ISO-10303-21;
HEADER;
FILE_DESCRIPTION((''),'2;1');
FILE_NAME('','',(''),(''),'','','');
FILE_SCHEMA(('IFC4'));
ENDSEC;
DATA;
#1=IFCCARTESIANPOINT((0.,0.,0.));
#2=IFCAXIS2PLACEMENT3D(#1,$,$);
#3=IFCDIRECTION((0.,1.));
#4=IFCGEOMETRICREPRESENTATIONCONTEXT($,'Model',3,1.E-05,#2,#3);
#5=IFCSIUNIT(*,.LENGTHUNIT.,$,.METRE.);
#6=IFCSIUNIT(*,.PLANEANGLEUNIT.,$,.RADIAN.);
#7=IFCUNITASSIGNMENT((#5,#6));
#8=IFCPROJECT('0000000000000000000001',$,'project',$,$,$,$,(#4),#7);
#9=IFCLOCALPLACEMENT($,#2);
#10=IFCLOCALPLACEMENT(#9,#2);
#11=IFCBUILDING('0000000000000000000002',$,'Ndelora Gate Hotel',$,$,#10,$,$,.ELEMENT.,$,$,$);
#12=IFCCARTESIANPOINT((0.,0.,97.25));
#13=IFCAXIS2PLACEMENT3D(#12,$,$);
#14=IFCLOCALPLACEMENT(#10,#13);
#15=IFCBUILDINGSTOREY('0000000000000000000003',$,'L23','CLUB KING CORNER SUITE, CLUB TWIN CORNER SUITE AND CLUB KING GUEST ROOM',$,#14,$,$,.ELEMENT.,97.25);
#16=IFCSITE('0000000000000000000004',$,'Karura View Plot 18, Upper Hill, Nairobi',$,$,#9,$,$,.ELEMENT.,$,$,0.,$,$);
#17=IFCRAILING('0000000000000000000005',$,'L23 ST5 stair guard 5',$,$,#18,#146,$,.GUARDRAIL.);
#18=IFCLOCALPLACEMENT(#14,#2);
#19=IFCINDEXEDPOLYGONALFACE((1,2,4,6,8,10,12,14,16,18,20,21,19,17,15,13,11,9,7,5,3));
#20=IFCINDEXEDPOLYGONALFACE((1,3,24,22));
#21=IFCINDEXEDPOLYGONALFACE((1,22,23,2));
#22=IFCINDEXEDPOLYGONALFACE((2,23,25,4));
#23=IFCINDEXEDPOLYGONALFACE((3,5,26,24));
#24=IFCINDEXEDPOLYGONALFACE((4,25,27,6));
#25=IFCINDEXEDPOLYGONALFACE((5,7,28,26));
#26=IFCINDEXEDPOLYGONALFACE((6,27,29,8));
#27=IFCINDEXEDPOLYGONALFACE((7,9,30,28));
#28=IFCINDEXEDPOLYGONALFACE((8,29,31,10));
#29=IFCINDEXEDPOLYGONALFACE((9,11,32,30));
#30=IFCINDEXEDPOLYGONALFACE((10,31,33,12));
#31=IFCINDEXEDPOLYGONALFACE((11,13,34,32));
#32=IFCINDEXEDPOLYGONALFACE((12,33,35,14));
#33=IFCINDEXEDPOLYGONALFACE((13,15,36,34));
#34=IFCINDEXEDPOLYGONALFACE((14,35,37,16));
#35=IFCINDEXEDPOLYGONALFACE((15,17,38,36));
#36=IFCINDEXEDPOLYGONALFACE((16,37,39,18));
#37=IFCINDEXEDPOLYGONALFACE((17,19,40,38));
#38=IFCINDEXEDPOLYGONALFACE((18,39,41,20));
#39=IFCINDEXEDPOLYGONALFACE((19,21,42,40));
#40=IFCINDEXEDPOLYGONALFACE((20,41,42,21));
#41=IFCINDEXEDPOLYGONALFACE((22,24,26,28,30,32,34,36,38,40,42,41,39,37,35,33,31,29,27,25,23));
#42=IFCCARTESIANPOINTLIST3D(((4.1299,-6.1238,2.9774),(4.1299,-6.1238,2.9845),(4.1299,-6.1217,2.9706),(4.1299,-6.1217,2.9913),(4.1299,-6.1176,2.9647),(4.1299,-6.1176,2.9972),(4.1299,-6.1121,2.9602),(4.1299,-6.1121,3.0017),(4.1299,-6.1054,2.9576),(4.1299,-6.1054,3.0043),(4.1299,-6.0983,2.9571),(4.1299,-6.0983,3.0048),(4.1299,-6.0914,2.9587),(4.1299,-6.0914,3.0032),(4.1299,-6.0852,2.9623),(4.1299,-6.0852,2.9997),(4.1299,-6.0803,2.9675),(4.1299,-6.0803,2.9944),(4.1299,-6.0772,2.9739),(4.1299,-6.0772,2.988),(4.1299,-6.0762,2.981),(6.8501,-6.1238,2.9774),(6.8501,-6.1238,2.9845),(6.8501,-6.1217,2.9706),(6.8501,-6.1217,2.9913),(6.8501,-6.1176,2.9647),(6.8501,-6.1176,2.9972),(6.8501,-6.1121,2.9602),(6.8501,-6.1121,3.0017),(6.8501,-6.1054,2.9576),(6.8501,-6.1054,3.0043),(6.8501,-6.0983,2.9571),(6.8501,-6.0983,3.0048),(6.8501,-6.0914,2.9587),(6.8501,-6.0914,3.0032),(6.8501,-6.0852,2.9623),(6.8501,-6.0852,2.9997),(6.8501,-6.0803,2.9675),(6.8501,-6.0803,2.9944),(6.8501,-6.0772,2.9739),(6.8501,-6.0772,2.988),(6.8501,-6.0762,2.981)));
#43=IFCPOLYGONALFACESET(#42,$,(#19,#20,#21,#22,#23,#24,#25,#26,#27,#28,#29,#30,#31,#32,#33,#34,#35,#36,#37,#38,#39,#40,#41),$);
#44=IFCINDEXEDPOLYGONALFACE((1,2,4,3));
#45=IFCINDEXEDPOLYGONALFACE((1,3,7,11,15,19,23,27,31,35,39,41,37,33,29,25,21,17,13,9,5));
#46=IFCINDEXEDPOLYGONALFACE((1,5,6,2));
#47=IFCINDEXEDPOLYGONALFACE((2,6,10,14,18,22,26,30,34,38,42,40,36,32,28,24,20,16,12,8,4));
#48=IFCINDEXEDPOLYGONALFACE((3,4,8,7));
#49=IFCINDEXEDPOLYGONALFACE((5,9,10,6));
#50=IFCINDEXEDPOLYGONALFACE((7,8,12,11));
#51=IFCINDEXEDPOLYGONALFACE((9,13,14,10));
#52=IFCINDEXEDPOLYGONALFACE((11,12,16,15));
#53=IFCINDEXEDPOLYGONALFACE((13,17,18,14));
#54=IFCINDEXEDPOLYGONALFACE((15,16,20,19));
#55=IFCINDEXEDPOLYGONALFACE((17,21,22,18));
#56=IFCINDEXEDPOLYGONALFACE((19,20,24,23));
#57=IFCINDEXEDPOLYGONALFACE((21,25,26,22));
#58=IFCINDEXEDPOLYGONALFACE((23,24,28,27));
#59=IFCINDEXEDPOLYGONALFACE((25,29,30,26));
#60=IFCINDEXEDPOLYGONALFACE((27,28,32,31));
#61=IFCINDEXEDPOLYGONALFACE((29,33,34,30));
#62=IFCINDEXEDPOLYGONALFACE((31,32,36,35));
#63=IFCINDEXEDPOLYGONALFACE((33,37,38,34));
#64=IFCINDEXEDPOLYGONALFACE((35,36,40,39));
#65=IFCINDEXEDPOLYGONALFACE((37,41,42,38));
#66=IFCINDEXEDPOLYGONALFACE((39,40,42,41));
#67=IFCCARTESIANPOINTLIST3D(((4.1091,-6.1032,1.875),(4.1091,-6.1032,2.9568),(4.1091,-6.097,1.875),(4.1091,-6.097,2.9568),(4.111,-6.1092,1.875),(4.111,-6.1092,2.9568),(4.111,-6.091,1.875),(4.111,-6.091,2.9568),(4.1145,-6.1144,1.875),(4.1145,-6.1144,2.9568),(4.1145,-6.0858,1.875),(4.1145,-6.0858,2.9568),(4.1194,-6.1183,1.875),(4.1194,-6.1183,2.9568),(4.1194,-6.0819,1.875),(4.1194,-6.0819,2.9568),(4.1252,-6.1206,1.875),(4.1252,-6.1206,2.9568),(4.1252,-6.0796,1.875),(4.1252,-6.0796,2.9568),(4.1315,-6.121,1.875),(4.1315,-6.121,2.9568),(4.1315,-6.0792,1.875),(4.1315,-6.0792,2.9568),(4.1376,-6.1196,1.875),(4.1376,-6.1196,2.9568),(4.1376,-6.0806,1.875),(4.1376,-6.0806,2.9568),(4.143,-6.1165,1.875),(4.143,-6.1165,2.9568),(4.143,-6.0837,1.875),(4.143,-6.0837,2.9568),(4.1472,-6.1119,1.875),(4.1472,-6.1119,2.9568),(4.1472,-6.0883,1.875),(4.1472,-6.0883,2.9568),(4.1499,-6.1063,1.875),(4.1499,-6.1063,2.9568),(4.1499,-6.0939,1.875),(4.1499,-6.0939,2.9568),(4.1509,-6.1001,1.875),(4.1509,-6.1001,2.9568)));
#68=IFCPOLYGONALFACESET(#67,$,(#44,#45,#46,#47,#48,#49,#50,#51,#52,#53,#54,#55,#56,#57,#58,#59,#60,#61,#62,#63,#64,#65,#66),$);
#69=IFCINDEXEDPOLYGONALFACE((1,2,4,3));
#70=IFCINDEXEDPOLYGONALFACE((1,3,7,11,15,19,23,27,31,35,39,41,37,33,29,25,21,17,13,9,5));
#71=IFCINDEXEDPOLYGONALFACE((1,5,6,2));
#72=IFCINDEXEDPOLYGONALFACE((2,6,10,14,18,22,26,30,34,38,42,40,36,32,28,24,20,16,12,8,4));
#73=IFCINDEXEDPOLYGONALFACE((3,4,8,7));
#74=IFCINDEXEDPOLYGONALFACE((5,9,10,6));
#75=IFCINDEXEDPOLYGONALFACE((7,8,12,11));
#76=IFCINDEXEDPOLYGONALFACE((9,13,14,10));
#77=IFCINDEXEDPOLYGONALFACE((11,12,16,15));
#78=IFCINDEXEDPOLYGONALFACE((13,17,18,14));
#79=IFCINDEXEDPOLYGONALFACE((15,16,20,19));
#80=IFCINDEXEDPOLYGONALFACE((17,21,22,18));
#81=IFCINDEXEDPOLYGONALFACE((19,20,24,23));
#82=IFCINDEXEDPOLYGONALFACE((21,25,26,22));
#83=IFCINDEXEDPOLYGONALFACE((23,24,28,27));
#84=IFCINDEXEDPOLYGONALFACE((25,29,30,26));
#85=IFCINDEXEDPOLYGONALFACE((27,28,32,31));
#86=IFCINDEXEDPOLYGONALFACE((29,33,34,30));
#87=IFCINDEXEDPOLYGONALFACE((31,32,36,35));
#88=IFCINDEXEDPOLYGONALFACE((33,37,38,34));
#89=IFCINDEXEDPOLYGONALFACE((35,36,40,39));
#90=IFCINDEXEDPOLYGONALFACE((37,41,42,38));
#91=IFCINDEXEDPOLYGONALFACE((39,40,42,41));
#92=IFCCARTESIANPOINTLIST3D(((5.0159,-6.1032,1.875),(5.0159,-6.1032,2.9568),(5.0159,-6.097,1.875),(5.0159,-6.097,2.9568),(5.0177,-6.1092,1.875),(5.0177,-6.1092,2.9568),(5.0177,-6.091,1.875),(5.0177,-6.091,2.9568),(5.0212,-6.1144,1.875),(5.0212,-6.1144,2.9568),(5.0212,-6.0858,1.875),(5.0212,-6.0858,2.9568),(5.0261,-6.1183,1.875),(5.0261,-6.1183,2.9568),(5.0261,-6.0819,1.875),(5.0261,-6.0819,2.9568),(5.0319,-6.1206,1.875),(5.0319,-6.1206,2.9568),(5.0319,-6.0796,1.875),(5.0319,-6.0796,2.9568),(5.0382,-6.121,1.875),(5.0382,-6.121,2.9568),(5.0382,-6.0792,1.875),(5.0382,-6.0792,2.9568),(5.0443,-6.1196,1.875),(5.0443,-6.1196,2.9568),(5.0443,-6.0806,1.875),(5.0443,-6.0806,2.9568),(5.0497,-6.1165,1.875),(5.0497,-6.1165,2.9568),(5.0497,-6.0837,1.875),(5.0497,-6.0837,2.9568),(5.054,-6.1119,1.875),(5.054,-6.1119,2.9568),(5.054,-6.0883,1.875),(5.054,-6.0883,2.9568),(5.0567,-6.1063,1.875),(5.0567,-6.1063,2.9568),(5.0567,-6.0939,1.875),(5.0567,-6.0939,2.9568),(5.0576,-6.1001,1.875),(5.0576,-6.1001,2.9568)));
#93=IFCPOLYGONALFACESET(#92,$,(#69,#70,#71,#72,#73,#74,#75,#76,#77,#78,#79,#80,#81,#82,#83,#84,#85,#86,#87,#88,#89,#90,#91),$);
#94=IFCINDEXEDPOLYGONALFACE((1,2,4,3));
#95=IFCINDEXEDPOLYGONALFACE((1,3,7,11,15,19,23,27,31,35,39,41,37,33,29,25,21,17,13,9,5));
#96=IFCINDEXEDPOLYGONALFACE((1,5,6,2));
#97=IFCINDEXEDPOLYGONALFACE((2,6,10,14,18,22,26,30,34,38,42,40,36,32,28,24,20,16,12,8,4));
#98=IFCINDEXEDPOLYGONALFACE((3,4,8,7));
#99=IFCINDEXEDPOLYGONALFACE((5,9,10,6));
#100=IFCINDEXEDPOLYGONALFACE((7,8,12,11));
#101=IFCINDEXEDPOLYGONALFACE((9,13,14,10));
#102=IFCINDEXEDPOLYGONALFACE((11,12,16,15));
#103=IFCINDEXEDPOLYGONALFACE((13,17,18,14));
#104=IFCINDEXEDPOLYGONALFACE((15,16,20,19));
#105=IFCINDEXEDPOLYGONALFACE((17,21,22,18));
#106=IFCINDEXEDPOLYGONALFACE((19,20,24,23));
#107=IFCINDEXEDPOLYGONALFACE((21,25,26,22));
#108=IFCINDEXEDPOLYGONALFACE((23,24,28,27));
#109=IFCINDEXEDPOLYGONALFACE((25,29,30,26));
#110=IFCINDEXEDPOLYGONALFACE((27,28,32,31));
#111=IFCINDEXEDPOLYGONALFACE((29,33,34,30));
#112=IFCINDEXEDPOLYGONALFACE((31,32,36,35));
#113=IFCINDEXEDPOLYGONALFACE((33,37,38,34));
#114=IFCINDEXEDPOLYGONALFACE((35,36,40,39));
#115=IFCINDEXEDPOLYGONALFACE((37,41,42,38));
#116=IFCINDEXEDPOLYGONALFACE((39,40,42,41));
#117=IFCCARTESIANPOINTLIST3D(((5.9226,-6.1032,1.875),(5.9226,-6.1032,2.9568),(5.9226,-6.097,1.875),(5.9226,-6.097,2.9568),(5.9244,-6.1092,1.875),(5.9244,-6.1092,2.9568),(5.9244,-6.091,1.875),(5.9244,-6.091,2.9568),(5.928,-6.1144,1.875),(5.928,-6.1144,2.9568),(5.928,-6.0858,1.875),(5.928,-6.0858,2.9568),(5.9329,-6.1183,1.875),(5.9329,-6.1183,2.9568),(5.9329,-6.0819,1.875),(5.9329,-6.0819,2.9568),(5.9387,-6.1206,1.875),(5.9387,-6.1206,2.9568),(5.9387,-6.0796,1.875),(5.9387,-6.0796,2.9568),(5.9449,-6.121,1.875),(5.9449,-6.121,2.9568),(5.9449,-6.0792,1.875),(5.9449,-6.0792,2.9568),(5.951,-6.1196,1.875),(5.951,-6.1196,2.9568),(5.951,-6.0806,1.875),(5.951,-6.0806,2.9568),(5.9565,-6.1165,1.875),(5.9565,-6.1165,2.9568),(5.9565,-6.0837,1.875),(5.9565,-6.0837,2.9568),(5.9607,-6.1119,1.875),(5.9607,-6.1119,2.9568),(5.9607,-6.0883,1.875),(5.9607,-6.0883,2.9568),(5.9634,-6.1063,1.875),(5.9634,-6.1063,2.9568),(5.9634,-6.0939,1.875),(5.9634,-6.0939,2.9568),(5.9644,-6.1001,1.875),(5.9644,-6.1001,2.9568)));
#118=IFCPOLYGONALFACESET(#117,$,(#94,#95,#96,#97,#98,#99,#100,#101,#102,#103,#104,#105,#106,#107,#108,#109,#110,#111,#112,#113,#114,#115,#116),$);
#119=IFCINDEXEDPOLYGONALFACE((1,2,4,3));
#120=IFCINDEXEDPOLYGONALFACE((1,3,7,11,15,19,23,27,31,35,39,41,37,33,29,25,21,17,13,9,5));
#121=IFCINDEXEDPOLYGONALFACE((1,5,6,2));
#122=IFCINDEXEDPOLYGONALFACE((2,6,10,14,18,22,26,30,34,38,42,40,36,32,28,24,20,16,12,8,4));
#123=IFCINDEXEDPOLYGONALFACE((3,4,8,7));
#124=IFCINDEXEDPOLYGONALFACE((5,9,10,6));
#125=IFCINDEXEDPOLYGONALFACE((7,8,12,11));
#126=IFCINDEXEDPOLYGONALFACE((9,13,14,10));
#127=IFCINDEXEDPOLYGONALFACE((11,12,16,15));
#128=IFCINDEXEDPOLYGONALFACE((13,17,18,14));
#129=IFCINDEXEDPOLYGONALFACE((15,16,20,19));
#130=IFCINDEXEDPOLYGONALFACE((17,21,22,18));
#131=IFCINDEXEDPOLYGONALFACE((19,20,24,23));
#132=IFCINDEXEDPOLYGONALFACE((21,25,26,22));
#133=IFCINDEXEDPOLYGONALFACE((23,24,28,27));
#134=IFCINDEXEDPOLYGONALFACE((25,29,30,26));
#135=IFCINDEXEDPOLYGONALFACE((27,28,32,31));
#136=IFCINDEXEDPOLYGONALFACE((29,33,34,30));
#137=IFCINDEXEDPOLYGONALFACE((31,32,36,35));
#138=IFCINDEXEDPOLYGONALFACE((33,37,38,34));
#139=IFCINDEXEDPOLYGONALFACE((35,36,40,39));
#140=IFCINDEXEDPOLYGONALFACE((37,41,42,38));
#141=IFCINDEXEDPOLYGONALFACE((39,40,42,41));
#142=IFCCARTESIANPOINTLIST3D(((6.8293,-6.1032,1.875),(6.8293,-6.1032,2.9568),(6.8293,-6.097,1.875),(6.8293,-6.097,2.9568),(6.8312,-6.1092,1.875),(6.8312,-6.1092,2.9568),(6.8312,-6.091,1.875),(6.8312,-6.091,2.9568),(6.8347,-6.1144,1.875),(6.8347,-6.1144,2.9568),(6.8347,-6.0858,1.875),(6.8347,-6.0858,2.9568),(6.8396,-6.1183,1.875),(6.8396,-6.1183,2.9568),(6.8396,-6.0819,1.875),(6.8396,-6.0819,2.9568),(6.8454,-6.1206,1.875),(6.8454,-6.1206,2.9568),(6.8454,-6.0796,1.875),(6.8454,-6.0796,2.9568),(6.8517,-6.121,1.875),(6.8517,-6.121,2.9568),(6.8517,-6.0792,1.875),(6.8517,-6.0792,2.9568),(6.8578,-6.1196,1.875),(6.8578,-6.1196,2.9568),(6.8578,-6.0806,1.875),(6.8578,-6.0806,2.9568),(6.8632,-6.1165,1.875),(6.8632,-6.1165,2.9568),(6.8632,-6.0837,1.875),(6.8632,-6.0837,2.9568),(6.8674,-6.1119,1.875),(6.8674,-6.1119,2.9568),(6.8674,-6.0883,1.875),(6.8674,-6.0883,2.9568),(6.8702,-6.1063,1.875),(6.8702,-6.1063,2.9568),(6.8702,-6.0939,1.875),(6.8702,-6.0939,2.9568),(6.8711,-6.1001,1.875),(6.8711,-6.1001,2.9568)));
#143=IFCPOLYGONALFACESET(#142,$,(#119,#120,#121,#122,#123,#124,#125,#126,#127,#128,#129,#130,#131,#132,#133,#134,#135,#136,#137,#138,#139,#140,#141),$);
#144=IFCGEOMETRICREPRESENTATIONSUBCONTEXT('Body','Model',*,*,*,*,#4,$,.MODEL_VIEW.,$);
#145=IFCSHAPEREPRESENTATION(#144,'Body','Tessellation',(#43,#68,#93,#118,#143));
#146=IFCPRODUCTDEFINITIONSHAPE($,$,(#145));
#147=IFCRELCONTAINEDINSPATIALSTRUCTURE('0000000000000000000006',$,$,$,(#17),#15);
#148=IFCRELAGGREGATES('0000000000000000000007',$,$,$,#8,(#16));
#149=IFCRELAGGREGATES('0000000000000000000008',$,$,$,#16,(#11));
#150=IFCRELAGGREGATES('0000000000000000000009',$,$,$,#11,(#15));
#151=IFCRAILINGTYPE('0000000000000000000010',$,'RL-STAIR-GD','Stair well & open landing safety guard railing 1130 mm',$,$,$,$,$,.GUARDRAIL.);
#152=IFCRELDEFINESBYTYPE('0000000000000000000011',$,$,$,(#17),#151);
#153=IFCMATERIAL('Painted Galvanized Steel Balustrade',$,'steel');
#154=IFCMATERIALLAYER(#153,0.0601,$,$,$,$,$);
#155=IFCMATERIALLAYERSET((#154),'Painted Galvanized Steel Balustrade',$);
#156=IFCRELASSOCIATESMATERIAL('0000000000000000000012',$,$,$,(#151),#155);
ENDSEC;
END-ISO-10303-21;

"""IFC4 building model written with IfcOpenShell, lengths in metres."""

from ifc_helpers import new_model, si_unit, direction, frame, origin, origin_2d, place, context, subcontext, project, spatial, circle, extrude, material, layer, layer_set, type_object, element, save


model = new_model("IFC4")

# Units and contexts
model_context = context("Model", 3, precision=1e-05, world=origin(), true_north=direction((0.0, 1.0)))
body_context = subcontext(model_context, "Body", "Model", "MODEL_VIEW")
ifc_project = project(units=[si_unit("LENGTHUNIT", "METRE"), si_unit("PLANEANGLEUNIT", "RADIAN")], contexts=[model_context])

# Site, building, storey
site_placement = place(None, origin())
site = spatial("IfcSite", under=ifc_project, at=site_placement, Name="Karura View Plot 18, Upper Hill, Nairobi", CompositionType="ELEMENT", RefElevation=0.0)
building_placement = place(site_placement, origin())
building = spatial("IfcBuilding", under=site, at=building_placement, Name="Ndelora Gate Hotel", CompositionType="ELEMENT")
storey_placement = place(building_placement, frame((0.0, 0.0, 97.25)))
storey = spatial("IfcBuildingStorey", under=building, at=storey_placement, Name="L23", Description="CLUB KING CORNER SUITE, CLUB TWIN CORNER SUITE AND CLUB KING GUEST ROOM", CompositionType="ELEMENT", Elevation=97.25)

# Railing
ifc_material_1 = material(Name="Painted Galvanized Steel Balustrade", Category="steel")
ifc_layer_1 = layer(ifc_material_1, 0.0601)
ifc_layer_set_1 = layer_set([ifc_layer_1], Name="Painted Galvanized Steel Balustrade")
railing_type_1 = type_object("IfcRailingType", Name="RL-STAIR-GD", Description="Stair well & open landing safety guard railing 1130 mm", PredefinedType="GUARDRAIL", material=ifc_layer_set_1)
railing_1_placement = place(storey_placement, frame((4.1299, -6.1001, 1.875)))
element("IfcRailing", 1, at=railing_1_placement, inside=storey, type_object=railing_type_1, Name="L23 ST5 stair guard 5", PredefinedType="GUARDRAIL", context=body_context, shape_type="SweptSolid", body=[
    extrude(circle(Radius=0.0239, at=origin_2d()), frame((0.0, 0.0, 1.106), z_axis=(1.0, 0.0, 0.0), x_axis=(0.0, 1.0, 0.0)), (0.0, 0.0, 1.0), 2.7202),
    extrude(circle(Radius=0.021, at=origin_2d()), origin(), (0.0, 0.0, 1.0), 1.0818),
    extrude(circle(Radius=0.021, at=origin_2d()), frame((0.9067, 0.0, 0.0)), (0.0, 0.0, 1.0), 1.0818),
    extrude(circle(Radius=0.021, at=origin_2d()), frame((1.8135, 0.0, 0.0)), (0.0, 0.0, 1.0), 1.0818),
    extrude(circle(Radius=0.021, at=origin_2d()), frame((2.7202, 0.0, 0.0)), (0.0, 0.0, 1.0), 1.0818),
])

save(model, "model.ifc")
